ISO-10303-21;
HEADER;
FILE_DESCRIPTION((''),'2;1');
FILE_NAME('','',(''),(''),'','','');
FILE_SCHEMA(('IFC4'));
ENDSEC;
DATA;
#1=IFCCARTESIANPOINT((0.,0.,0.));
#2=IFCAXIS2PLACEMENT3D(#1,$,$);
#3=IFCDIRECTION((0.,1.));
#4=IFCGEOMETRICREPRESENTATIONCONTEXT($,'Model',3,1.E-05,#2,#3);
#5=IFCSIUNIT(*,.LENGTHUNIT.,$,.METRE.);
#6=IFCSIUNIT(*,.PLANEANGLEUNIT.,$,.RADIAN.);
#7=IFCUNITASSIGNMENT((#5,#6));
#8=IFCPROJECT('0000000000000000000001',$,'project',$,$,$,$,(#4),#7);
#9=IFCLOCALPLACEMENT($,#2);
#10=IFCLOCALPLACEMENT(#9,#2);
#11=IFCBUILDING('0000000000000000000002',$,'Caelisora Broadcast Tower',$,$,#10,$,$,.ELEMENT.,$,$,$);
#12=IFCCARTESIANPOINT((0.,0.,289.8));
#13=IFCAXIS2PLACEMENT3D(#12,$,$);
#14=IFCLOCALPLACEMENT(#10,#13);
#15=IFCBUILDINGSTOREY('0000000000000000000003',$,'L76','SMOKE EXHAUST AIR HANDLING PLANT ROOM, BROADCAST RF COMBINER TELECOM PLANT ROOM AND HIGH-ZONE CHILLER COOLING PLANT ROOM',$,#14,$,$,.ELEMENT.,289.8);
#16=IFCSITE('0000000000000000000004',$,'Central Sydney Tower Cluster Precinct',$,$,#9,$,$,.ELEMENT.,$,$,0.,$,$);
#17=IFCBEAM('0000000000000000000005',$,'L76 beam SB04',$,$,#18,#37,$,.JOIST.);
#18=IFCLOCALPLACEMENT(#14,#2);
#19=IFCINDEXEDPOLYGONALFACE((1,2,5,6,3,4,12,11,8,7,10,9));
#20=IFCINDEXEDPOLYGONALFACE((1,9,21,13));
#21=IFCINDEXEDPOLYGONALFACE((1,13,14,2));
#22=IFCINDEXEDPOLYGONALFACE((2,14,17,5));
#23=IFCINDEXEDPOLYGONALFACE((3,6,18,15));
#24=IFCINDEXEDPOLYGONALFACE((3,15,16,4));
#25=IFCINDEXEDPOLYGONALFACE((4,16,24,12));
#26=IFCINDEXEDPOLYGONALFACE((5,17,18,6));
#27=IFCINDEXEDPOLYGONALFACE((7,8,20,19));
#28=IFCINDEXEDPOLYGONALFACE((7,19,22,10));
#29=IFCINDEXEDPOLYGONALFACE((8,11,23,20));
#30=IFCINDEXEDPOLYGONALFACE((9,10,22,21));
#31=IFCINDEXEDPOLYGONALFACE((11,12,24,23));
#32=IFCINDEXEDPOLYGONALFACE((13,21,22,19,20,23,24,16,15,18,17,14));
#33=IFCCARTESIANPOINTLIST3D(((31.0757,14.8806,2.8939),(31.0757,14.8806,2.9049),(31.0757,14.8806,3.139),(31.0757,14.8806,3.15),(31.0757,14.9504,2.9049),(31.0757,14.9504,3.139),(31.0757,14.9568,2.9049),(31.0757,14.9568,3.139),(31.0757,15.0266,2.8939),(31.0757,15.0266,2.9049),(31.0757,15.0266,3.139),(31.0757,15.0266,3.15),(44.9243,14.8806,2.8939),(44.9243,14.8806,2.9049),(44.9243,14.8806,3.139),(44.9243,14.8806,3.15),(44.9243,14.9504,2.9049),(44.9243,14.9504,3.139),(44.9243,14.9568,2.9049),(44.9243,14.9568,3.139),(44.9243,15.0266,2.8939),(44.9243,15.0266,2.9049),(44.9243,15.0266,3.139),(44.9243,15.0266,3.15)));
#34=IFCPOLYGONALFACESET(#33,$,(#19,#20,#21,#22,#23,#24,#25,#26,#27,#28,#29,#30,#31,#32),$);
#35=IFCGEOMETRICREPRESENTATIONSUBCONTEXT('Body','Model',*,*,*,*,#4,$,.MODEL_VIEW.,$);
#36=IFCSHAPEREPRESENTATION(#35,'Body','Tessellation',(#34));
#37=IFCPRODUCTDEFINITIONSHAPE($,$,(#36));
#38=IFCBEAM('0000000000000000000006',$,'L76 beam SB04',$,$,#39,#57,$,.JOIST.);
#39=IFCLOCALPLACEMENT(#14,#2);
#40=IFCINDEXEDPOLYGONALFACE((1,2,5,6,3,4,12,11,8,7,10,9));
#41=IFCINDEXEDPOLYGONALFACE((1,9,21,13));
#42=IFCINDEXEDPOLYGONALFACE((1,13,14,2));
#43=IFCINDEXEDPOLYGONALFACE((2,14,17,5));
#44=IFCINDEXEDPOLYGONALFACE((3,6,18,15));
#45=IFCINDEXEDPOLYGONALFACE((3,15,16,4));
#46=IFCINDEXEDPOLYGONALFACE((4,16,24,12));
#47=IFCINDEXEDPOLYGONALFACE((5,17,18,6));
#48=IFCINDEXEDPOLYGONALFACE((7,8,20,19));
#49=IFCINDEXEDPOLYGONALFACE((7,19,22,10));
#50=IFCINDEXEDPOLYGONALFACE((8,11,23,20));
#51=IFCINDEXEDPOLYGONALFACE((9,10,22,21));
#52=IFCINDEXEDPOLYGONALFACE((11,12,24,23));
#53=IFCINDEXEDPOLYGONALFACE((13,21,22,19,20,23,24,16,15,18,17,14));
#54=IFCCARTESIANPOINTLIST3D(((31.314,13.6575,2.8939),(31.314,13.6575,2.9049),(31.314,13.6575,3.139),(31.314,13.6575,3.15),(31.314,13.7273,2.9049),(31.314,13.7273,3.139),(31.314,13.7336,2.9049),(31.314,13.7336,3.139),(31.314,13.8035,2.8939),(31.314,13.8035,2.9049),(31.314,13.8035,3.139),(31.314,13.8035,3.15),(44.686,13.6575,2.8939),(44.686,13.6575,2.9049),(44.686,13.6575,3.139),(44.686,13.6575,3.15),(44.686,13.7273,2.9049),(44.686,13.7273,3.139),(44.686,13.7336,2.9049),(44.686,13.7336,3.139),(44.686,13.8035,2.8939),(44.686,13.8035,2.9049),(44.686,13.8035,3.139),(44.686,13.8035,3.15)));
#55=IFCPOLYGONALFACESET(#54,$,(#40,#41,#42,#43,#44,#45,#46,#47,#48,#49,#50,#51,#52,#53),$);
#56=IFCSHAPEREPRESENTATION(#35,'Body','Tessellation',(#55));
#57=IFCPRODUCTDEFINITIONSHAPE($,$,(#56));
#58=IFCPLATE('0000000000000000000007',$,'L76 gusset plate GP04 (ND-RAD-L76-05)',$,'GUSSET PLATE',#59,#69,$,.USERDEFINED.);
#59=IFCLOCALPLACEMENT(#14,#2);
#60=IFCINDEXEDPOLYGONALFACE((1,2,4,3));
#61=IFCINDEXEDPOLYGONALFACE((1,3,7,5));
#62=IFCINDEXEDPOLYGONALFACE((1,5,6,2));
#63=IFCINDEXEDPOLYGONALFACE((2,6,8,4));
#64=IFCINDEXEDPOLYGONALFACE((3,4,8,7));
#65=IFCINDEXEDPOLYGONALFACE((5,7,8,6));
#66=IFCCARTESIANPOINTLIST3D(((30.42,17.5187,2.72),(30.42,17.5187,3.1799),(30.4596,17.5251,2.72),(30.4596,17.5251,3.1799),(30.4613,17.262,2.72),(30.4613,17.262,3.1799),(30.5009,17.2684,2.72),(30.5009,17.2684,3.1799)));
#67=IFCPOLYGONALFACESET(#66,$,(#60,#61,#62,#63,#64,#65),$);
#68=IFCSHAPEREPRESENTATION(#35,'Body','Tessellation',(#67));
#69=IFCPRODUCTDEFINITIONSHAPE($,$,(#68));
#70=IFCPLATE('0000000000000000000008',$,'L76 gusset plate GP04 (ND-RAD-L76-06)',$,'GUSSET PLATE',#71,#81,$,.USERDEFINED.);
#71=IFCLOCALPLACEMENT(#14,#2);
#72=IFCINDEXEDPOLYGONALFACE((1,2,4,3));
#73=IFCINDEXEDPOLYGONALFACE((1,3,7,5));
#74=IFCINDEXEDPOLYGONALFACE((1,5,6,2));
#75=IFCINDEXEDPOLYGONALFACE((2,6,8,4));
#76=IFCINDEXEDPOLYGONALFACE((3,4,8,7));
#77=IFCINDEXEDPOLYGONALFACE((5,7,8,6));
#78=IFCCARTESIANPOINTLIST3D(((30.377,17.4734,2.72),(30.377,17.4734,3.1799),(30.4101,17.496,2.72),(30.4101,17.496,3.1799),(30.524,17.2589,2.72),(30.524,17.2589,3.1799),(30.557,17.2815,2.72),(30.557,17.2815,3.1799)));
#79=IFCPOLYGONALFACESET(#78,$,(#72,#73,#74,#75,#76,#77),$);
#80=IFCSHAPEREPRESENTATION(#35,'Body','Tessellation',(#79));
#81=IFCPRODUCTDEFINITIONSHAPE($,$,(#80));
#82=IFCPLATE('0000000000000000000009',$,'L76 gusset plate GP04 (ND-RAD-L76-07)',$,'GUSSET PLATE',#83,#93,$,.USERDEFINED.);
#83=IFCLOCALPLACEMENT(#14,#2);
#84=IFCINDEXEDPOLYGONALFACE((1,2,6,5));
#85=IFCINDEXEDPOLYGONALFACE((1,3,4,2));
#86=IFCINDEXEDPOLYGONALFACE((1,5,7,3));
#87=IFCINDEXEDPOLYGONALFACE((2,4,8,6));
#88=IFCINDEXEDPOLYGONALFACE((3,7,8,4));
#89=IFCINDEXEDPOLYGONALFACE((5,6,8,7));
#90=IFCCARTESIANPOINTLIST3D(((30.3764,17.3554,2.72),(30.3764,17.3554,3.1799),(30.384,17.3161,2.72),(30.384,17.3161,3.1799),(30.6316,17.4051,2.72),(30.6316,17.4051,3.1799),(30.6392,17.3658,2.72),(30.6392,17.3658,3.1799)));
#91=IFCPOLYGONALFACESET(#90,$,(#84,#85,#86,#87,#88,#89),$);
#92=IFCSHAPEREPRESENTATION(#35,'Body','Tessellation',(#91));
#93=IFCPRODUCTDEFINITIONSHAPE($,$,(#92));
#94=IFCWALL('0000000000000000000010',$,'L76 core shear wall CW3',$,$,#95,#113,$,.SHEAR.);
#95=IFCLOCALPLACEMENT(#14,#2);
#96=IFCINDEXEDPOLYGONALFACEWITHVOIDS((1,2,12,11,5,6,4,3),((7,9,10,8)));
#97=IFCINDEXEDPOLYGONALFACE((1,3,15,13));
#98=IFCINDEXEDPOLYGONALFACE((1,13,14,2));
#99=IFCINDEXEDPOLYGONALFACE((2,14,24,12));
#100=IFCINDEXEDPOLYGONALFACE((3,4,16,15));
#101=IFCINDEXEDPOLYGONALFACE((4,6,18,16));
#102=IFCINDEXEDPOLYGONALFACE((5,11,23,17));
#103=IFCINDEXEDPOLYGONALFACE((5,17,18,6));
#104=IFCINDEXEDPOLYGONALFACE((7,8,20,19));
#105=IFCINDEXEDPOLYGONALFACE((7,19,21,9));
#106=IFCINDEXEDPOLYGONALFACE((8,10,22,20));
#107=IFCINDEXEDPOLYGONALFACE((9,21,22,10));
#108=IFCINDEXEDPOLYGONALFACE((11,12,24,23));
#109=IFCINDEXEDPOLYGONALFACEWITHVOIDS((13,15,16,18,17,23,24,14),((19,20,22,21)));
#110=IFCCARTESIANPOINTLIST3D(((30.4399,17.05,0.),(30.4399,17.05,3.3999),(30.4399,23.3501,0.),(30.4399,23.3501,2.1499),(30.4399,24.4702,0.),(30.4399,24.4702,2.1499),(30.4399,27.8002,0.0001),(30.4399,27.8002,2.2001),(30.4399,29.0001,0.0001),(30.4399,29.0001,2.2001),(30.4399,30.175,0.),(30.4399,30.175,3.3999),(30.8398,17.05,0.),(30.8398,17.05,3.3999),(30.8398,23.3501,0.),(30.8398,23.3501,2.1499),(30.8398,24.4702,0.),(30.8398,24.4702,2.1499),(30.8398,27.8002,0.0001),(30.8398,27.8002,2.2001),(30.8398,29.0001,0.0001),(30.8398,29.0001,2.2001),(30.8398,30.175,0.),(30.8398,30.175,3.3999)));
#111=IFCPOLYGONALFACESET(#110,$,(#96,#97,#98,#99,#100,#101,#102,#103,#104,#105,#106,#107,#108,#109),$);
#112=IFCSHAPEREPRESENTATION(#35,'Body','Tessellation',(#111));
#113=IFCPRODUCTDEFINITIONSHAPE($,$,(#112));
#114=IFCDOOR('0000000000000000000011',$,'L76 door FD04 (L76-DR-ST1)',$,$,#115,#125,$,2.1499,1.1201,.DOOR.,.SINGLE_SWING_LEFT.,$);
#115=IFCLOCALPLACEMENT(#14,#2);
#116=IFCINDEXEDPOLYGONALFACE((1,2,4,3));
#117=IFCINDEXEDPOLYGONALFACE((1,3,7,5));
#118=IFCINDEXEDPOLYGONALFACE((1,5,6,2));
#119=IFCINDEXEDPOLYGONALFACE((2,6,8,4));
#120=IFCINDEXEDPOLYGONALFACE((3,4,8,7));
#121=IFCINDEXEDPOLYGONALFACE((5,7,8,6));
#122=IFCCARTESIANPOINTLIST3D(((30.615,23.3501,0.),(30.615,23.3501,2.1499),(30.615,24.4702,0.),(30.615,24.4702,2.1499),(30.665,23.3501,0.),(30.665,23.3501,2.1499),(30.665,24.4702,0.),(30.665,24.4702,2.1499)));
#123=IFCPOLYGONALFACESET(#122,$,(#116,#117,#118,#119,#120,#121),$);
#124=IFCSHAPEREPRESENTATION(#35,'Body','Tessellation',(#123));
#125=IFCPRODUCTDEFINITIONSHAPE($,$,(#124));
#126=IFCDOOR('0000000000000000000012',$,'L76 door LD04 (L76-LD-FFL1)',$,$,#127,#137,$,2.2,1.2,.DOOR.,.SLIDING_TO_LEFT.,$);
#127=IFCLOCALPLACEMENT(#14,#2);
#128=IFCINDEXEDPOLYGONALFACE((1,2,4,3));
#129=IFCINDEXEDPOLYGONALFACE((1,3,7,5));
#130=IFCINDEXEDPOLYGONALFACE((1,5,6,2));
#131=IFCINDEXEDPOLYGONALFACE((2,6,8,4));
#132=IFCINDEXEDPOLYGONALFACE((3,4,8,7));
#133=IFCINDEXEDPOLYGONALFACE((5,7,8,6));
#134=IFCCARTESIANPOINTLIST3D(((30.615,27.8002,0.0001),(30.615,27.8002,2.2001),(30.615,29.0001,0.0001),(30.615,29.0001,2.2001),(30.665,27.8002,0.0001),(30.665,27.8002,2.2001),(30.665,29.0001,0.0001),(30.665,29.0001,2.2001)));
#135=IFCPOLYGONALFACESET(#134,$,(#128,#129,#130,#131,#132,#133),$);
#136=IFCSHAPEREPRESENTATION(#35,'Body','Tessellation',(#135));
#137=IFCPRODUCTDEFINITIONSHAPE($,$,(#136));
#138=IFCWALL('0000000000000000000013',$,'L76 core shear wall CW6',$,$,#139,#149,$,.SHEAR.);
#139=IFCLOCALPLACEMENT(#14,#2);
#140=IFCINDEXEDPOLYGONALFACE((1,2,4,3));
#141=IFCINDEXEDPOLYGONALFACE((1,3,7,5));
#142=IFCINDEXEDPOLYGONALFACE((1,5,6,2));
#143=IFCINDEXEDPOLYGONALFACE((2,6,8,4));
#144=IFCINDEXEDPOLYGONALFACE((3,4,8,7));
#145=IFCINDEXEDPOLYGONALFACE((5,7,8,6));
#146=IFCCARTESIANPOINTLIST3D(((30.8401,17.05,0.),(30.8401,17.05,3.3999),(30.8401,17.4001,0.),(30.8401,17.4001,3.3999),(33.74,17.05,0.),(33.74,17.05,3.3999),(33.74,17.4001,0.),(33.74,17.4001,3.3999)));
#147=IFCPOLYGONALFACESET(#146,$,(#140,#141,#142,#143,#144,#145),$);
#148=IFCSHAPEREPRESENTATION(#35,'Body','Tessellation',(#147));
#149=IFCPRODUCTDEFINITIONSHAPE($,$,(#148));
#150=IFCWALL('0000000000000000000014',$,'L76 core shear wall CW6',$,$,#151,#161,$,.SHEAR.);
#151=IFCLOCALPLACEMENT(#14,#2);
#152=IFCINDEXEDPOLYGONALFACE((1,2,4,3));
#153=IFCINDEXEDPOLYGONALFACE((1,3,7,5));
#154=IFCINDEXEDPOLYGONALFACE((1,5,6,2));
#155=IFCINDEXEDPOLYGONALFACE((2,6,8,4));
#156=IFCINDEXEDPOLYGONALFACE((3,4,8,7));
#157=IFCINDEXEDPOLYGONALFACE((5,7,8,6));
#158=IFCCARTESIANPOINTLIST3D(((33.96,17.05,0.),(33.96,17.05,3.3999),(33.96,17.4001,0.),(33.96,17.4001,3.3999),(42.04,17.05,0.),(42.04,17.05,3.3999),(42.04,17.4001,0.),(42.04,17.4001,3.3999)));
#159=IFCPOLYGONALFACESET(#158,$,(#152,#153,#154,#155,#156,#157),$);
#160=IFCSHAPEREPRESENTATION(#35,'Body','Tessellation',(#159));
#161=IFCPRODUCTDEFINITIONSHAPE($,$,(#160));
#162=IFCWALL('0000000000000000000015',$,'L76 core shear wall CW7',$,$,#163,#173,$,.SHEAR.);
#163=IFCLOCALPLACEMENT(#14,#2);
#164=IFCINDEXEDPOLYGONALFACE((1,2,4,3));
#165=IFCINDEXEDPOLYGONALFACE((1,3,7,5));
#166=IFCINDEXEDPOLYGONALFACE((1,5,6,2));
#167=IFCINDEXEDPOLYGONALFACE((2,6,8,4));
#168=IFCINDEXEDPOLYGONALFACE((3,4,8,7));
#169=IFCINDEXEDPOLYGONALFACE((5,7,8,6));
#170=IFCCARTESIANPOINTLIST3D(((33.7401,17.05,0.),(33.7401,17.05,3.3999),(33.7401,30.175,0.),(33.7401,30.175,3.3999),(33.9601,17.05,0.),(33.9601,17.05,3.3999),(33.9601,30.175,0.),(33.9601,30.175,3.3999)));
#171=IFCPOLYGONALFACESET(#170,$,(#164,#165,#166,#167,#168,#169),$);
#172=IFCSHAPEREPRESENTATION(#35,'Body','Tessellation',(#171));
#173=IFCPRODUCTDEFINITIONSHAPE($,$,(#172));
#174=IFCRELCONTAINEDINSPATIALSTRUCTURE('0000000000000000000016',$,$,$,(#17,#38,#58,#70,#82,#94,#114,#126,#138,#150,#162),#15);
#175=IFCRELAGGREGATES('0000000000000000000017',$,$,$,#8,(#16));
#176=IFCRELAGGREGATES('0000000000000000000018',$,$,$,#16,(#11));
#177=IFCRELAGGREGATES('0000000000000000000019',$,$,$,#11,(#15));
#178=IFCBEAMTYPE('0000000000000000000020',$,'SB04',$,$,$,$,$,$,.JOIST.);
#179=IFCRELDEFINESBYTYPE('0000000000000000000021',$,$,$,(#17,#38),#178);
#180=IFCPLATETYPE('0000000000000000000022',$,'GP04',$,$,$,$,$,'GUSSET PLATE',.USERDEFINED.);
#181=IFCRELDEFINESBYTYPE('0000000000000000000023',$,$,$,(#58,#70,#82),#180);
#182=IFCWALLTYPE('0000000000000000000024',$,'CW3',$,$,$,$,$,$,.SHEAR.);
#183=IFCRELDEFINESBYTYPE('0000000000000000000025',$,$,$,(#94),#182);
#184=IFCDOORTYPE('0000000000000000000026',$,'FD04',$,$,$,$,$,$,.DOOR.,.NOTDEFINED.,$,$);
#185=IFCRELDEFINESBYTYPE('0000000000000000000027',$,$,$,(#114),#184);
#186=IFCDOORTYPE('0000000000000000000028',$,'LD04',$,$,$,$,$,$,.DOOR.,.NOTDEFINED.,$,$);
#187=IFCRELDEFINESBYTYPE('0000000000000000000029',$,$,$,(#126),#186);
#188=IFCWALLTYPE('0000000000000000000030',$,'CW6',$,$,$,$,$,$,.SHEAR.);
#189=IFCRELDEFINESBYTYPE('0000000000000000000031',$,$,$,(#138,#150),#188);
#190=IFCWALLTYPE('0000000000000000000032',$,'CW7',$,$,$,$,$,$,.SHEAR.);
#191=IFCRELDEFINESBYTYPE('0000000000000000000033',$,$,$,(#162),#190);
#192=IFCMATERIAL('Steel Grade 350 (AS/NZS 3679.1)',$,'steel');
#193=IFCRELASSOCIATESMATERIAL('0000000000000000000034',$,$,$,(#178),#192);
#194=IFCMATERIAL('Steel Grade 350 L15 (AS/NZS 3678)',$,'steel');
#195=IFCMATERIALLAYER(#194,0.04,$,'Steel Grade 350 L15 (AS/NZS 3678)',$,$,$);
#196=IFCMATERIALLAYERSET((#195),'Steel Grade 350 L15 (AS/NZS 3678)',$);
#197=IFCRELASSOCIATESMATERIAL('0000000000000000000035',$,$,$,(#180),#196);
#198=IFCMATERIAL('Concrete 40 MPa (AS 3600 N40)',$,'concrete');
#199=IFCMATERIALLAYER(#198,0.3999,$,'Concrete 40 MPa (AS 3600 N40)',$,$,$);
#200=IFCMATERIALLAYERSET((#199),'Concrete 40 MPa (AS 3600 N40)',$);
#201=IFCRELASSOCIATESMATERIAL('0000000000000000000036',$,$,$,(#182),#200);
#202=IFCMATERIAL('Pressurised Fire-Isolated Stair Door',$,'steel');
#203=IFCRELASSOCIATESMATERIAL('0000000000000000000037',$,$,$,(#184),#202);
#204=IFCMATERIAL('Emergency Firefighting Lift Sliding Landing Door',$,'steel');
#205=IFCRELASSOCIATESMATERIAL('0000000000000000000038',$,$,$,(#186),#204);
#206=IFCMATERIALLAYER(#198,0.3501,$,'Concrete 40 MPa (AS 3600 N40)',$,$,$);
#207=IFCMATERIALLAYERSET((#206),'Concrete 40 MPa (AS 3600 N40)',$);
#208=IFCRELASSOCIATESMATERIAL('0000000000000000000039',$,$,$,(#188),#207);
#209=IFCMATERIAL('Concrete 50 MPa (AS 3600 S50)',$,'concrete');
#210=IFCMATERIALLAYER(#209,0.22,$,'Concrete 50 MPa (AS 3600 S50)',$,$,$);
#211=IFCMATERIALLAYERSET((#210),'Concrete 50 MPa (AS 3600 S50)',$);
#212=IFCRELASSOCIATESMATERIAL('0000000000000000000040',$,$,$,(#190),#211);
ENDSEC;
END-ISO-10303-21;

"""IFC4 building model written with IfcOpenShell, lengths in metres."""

from ifc_helpers import new_model, si_unit, direction, frame, frame_2d, origin, origin_2d, place, context, subcontext, project, spatial, rectangle, i_section, extrude, source, transform, mapped, material, layer, layer_set, material_profile, profile_set, type_object, type_shapes, element, fill, save


model = new_model("IFC4")

# Units and contexts
model_context = context("Model", 3, precision=1e-05, world=origin(), true_north=direction((0.0, 1.0)))
body_context = subcontext(model_context, "Body", "Model", "MODEL_VIEW")
ifc_project = project(units=[si_unit("LENGTHUNIT", "METRE"), si_unit("PLANEANGLEUNIT", "RADIAN")], contexts=[model_context])

# Site, building, storey
site_placement = place(None, origin())
site = spatial("IfcSite", under=ifc_project, at=site_placement, Name="Central Sydney Tower Cluster Precinct", CompositionType="ELEMENT", RefElevation=0.0)
building_placement = place(site_placement, origin())
building = spatial("IfcBuilding", under=site, at=building_placement, Name="Caelisora Broadcast Tower", CompositionType="ELEMENT")
storey_placement = place(building_placement, frame((0.0, 0.0, 289.8)))
storey = spatial("IfcBuildingStorey", under=building, at=storey_placement, Name="L76", Description="SMOKE EXHAUST AIR HANDLING PLANT ROOM, BROADCAST RF COMBINER TELECOM PLANT ROOM AND HIGH-ZONE CHILLER COOLING PLANT ROOM", CompositionType="ELEMENT", Elevation=289.8)

# Shared definitions
ifc_material_1 = material(Name="Steel Grade 350 (AS/NZS 3679.1)", Category="steel")

# Beams
ifc_material_profile_1 = material_profile(ifc_material_1, i_section(OverallWidth=0.146, OverallDepth=0.2561, WebThickness=0.0063, FlangeThickness=0.011, at=origin_2d()), Name="Steel Grade 350 (AS/NZS 3679.1)")
ifc_profile_set_1 = profile_set([ifc_material_profile_1], Name="Steel Grade 350 (AS/NZS 3679.1)")
beam_type_1 = type_object("IfcBeamType", Name="SB04", PredefinedType="JOIST", material=ifc_profile_set_1)
shared_shape_1 = source(origin(), body_context, "Body", "SweptSolid", [
    extrude(i_section(OverallWidth=0.146, OverallDepth=0.2561, WebThickness=0.0063, FlangeThickness=0.011, at=origin_2d()), origin(), (0.0, 0.0, 1.0), 13.8486),
])
beam_1_placement = place(storey_placement, frame((31.0757, 14.9536, 3.022), z_axis=(1.0, 0.0, 0.0), x_axis=(0.0, 1.0, 0.0)))
element("IfcBeam", 1, at=beam_1_placement, inside=storey, type_object=beam_type_1, Name="L76 beam SB04", PredefinedType="JOIST", context=body_context, shape_type="MappedRepresentation", body=[
    mapped(shared_shape_1, transform((0.0, 0.0, 0.0), scale=1.0)),
])
shared_shape_2 = source(origin(), body_context, "Body", "SweptSolid", [
    extrude(i_section(OverallWidth=0.146, OverallDepth=0.2561, WebThickness=0.0063, FlangeThickness=0.011, at=origin_2d()), origin(), (0.0, 0.0, 1.0), 13.3721),
])
beam_2_placement = place(storey_placement, frame((31.314, 13.7305, 3.022), z_axis=(1.0, 0.0, 0.0), x_axis=(0.0, 1.0, 0.0)))
element("IfcBeam", 2, at=beam_2_placement, inside=storey, type_object=beam_type_1, Name="L76 beam SB04", PredefinedType="JOIST", context=body_context, shape_type="MappedRepresentation", body=[
    mapped(shared_shape_2, transform((0.0, 0.0, 0.0), scale=1.0)),
])

# Plates
ifc_material_2 = material(Name="Steel Grade 350 L15 (AS/NZS 3678)", Category="steel")
ifc_layer_1 = layer(ifc_material_2, 0.04, Name="Steel Grade 350 L15 (AS/NZS 3678)")
ifc_layer_set_1 = layer_set([ifc_layer_1], Name="Steel Grade 350 L15 (AS/NZS 3678)")
plate_type = type_object("IfcPlateType", Name="GP04", ElementType="GUSSET PLATE", PredefinedType="USERDEFINED", material=ifc_layer_set_1)
shared_shape_3 = source(origin(), body_context, "Body", "SweptSolid", [
    extrude(rectangle(XDim=0.26, YDim=0.04, at=origin_2d()), origin(), (0.0, 0.0, 1.0), 0.46),
])
type_shapes(plate_type, [shared_shape_3])
for number, where, z_axis, x_axis, name in (
    (3, (30.4604, 17.3936, 2.72), (0.0, 0.0, 1.0), (0.158847, -0.987303, 0.0), "L76 gusset plate GP04 (ND-RAD-L76-05)"),
    (4, (30.467, 17.3774, 2.72), (0.0, 0.0, 1.0), (0.565255, -0.824916, 0.0), "L76 gusset plate GP04 (ND-RAD-L76-06)"),
    (5, (30.5078, 17.3606, 2.72), (0.0, 0.0, 1.0), (0.981527, 0.191323, 0.0), "L76 gusset plate GP04 (ND-RAD-L76-07)"),
):
    element("IfcPlate", number, at=place(storey_placement, frame(where, z_axis=z_axis, x_axis=x_axis)), inside=storey, type_object=plate_type, Name=name, ObjectType="GUSSET PLATE", PredefinedType="USERDEFINED", context=body_context, shape_type="MappedRepresentation", body=[
        mapped(shared_shape_3, transform((0.0, 0.0, 0.0), scale=1.0)),
    ])

# Wall, openings, doors
ifc_material_3 = material(Name="Concrete 40 MPa (AS 3600 N40)", Category="concrete")
ifc_layer_2 = layer(ifc_material_3, 0.3999, Name="Concrete 40 MPa (AS 3600 N40)")
ifc_layer_set_2 = layer_set([ifc_layer_2], Name="Concrete 40 MPa (AS 3600 N40)")
wall_type_1 = type_object("IfcWallType", Name="CW3", PredefinedType="SHEAR", material=ifc_layer_set_2)
wall_1_placement = place(storey_placement, frame((30.6399, 17.05, 0.0), z_axis=(0.0, 0.0, 1.0), x_axis=(0.0, 1.0, 0.0)))
wall_1 = element("IfcWall", 6, at=wall_1_placement, inside=storey, type_object=wall_type_1, Name="L76 core shear wall CW3", PredefinedType="SHEAR", context=body_context, shape_type="SweptSolid", body=[
    extrude(rectangle(XDim=13.125, YDim=0.3999, at=frame_2d((6.5625, 0.0))), origin(), (0.0, 0.0, 1.0), 3.3999),
])
opening_1_placement = place(wall_1_placement, frame((6.3, 0.0, 0.0)))
opening_1 = element("IfcOpeningElement", 7, at=opening_1_placement, cuts=wall_1, PredefinedType="OPENING", context=body_context, shape_type="SweptSolid", body=[
    extrude(rectangle(XDim=1.1201, YDim=2.1499, at=frame_2d((0.5601, 1.075))), frame((0.0, 0.2119, 0.0), z_axis=(0.0, -1.0, 0.0), x_axis=(1.0, 0.0, 0.0)), (0.0, 0.0, 1.0), 0.4238),
])
opening_2_placement = place(wall_1_placement, frame((10.75, 0.0, 0.0)))
opening_2 = element("IfcOpeningElement", 8, at=opening_2_placement, cuts=wall_1, PredefinedType="OPENING", context=body_context, shape_type="SweptSolid", body=[
    extrude(rectangle(XDim=1.2, YDim=2.2, at=frame_2d((0.6001, 1.1001))), frame((0.0, 0.2119, 0.0), z_axis=(0.0, -1.0, 0.0), x_axis=(1.0, 0.0, 0.0)), (0.0, 0.0, 1.0), 0.4238),
])
ifc_material_4 = material(Name="Pressurised Fire-Isolated Stair Door", Category="steel")
door_type_1 = type_object("IfcDoorType", Name="FD04", OperationType="NOTDEFINED", PredefinedType="DOOR", material=ifc_material_4)
door_1_placement = place(opening_1_placement, origin())
door_1 = element("IfcDoor", 9, at=door_1_placement, inside=storey, type_object=door_type_1, Name="L76 door FD04 (L76-DR-ST1)", OperationType="SINGLE_SWING_LEFT", OverallHeight=2.1499, OverallWidth=1.1201, PredefinedType="DOOR", context=body_context, shape_type="SweptSolid", body=[
    extrude(rectangle(XDim=1.1201, YDim=2.1499, at=frame_2d((0.5601, 1.075))), frame((0.0, 0.0249, 0.0), z_axis=(0.0, -1.0, 0.0), x_axis=(1.0, 0.0, 0.0)), (0.0, 0.0, 1.0), 0.05),
])
fill(opening_1, door_1)
ifc_material_5 = material(Name="Emergency Firefighting Lift Sliding Landing Door", Category="steel")
door_type_2 = type_object("IfcDoorType", Name="LD04", OperationType="NOTDEFINED", PredefinedType="DOOR", material=ifc_material_5)
door_2_placement = place(opening_2_placement, origin())
door_2 = element("IfcDoor", 10, at=door_2_placement, inside=storey, type_object=door_type_2, Name="L76 door LD04 (L76-LD-FFL1)", OperationType="SLIDING_TO_LEFT", OverallHeight=2.2, OverallWidth=1.2, PredefinedType="DOOR", context=body_context, shape_type="SweptSolid", body=[
    extrude(rectangle(XDim=1.2, YDim=2.2, at=frame_2d((0.6001, 1.1001))), frame((0.0, 0.0249, 0.0), z_axis=(0.0, -1.0, 0.0), x_axis=(1.0, 0.0, 0.0)), (0.0, 0.0, 1.0), 0.05),
])
fill(opening_2, door_2)

# Walls
ifc_layer_3 = layer(ifc_material_3, 0.3501, Name="Concrete 40 MPa (AS 3600 N40)")
ifc_layer_set_3 = layer_set([ifc_layer_3], Name="Concrete 40 MPa (AS 3600 N40)")
wall_type_2 = type_object("IfcWallType", Name="CW6", PredefinedType="SHEAR", material=ifc_layer_set_3)
wall_2_placement = place(storey_placement, frame((30.8401, 17.2251, 0.0), z_axis=(0.0, 0.0, 1.0), x_axis=(1.0, 0.0, 0.0)))
element("IfcWall", 11, at=wall_2_placement, inside=storey, type_object=wall_type_2, Name="L76 core shear wall CW6", PredefinedType="SHEAR", context=body_context, shape_type="SweptSolid", body=[
    extrude(rectangle(XDim=2.8999, YDim=0.3501, at=frame_2d((1.45, 0.0))), origin(), (0.0, 0.0, 1.0), 3.3999),
])
wall_3_placement = place(storey_placement, frame((33.96, 17.2251, 0.0), z_axis=(0.0, 0.0, 1.0), x_axis=(1.0, 0.0, 0.0)))
element("IfcWall", 12, at=wall_3_placement, inside=storey, type_object=wall_type_2, Name="L76 core shear wall CW6", PredefinedType="SHEAR", context=body_context, shape_type="SweptSolid", body=[
    extrude(rectangle(XDim=8.0801, YDim=0.3501, at=frame_2d((4.04, 0.0))), origin(), (0.0, 0.0, 1.0), 3.3999),
])
ifc_material_6 = material(Name="Concrete 50 MPa (AS 3600 S50)", Category="concrete")
ifc_layer_4 = layer(ifc_material_6, 0.22, Name="Concrete 50 MPa (AS 3600 S50)")
ifc_layer_set_4 = layer_set([ifc_layer_4], Name="Concrete 50 MPa (AS 3600 S50)")
wall_type_3 = type_object("IfcWallType", Name="CW7", PredefinedType="SHEAR", material=ifc_layer_set_4)
wall_4_placement = place(storey_placement, frame((33.8501, 17.05, 0.0), z_axis=(0.0, 0.0, 1.0), x_axis=(0.0, 1.0, 0.0)))
element("IfcWall", 13, at=wall_4_placement, inside=storey, type_object=wall_type_3, Name="L76 core shear wall CW7", PredefinedType="SHEAR", context=body_context, shape_type="SweptSolid", body=[
    extrude(rectangle(XDim=13.125, YDim=0.22, at=frame_2d((6.5625, 0.0))), origin(), (0.0, 0.0, 1.0), 3.3999),
])

save(model, "model.ifc")
